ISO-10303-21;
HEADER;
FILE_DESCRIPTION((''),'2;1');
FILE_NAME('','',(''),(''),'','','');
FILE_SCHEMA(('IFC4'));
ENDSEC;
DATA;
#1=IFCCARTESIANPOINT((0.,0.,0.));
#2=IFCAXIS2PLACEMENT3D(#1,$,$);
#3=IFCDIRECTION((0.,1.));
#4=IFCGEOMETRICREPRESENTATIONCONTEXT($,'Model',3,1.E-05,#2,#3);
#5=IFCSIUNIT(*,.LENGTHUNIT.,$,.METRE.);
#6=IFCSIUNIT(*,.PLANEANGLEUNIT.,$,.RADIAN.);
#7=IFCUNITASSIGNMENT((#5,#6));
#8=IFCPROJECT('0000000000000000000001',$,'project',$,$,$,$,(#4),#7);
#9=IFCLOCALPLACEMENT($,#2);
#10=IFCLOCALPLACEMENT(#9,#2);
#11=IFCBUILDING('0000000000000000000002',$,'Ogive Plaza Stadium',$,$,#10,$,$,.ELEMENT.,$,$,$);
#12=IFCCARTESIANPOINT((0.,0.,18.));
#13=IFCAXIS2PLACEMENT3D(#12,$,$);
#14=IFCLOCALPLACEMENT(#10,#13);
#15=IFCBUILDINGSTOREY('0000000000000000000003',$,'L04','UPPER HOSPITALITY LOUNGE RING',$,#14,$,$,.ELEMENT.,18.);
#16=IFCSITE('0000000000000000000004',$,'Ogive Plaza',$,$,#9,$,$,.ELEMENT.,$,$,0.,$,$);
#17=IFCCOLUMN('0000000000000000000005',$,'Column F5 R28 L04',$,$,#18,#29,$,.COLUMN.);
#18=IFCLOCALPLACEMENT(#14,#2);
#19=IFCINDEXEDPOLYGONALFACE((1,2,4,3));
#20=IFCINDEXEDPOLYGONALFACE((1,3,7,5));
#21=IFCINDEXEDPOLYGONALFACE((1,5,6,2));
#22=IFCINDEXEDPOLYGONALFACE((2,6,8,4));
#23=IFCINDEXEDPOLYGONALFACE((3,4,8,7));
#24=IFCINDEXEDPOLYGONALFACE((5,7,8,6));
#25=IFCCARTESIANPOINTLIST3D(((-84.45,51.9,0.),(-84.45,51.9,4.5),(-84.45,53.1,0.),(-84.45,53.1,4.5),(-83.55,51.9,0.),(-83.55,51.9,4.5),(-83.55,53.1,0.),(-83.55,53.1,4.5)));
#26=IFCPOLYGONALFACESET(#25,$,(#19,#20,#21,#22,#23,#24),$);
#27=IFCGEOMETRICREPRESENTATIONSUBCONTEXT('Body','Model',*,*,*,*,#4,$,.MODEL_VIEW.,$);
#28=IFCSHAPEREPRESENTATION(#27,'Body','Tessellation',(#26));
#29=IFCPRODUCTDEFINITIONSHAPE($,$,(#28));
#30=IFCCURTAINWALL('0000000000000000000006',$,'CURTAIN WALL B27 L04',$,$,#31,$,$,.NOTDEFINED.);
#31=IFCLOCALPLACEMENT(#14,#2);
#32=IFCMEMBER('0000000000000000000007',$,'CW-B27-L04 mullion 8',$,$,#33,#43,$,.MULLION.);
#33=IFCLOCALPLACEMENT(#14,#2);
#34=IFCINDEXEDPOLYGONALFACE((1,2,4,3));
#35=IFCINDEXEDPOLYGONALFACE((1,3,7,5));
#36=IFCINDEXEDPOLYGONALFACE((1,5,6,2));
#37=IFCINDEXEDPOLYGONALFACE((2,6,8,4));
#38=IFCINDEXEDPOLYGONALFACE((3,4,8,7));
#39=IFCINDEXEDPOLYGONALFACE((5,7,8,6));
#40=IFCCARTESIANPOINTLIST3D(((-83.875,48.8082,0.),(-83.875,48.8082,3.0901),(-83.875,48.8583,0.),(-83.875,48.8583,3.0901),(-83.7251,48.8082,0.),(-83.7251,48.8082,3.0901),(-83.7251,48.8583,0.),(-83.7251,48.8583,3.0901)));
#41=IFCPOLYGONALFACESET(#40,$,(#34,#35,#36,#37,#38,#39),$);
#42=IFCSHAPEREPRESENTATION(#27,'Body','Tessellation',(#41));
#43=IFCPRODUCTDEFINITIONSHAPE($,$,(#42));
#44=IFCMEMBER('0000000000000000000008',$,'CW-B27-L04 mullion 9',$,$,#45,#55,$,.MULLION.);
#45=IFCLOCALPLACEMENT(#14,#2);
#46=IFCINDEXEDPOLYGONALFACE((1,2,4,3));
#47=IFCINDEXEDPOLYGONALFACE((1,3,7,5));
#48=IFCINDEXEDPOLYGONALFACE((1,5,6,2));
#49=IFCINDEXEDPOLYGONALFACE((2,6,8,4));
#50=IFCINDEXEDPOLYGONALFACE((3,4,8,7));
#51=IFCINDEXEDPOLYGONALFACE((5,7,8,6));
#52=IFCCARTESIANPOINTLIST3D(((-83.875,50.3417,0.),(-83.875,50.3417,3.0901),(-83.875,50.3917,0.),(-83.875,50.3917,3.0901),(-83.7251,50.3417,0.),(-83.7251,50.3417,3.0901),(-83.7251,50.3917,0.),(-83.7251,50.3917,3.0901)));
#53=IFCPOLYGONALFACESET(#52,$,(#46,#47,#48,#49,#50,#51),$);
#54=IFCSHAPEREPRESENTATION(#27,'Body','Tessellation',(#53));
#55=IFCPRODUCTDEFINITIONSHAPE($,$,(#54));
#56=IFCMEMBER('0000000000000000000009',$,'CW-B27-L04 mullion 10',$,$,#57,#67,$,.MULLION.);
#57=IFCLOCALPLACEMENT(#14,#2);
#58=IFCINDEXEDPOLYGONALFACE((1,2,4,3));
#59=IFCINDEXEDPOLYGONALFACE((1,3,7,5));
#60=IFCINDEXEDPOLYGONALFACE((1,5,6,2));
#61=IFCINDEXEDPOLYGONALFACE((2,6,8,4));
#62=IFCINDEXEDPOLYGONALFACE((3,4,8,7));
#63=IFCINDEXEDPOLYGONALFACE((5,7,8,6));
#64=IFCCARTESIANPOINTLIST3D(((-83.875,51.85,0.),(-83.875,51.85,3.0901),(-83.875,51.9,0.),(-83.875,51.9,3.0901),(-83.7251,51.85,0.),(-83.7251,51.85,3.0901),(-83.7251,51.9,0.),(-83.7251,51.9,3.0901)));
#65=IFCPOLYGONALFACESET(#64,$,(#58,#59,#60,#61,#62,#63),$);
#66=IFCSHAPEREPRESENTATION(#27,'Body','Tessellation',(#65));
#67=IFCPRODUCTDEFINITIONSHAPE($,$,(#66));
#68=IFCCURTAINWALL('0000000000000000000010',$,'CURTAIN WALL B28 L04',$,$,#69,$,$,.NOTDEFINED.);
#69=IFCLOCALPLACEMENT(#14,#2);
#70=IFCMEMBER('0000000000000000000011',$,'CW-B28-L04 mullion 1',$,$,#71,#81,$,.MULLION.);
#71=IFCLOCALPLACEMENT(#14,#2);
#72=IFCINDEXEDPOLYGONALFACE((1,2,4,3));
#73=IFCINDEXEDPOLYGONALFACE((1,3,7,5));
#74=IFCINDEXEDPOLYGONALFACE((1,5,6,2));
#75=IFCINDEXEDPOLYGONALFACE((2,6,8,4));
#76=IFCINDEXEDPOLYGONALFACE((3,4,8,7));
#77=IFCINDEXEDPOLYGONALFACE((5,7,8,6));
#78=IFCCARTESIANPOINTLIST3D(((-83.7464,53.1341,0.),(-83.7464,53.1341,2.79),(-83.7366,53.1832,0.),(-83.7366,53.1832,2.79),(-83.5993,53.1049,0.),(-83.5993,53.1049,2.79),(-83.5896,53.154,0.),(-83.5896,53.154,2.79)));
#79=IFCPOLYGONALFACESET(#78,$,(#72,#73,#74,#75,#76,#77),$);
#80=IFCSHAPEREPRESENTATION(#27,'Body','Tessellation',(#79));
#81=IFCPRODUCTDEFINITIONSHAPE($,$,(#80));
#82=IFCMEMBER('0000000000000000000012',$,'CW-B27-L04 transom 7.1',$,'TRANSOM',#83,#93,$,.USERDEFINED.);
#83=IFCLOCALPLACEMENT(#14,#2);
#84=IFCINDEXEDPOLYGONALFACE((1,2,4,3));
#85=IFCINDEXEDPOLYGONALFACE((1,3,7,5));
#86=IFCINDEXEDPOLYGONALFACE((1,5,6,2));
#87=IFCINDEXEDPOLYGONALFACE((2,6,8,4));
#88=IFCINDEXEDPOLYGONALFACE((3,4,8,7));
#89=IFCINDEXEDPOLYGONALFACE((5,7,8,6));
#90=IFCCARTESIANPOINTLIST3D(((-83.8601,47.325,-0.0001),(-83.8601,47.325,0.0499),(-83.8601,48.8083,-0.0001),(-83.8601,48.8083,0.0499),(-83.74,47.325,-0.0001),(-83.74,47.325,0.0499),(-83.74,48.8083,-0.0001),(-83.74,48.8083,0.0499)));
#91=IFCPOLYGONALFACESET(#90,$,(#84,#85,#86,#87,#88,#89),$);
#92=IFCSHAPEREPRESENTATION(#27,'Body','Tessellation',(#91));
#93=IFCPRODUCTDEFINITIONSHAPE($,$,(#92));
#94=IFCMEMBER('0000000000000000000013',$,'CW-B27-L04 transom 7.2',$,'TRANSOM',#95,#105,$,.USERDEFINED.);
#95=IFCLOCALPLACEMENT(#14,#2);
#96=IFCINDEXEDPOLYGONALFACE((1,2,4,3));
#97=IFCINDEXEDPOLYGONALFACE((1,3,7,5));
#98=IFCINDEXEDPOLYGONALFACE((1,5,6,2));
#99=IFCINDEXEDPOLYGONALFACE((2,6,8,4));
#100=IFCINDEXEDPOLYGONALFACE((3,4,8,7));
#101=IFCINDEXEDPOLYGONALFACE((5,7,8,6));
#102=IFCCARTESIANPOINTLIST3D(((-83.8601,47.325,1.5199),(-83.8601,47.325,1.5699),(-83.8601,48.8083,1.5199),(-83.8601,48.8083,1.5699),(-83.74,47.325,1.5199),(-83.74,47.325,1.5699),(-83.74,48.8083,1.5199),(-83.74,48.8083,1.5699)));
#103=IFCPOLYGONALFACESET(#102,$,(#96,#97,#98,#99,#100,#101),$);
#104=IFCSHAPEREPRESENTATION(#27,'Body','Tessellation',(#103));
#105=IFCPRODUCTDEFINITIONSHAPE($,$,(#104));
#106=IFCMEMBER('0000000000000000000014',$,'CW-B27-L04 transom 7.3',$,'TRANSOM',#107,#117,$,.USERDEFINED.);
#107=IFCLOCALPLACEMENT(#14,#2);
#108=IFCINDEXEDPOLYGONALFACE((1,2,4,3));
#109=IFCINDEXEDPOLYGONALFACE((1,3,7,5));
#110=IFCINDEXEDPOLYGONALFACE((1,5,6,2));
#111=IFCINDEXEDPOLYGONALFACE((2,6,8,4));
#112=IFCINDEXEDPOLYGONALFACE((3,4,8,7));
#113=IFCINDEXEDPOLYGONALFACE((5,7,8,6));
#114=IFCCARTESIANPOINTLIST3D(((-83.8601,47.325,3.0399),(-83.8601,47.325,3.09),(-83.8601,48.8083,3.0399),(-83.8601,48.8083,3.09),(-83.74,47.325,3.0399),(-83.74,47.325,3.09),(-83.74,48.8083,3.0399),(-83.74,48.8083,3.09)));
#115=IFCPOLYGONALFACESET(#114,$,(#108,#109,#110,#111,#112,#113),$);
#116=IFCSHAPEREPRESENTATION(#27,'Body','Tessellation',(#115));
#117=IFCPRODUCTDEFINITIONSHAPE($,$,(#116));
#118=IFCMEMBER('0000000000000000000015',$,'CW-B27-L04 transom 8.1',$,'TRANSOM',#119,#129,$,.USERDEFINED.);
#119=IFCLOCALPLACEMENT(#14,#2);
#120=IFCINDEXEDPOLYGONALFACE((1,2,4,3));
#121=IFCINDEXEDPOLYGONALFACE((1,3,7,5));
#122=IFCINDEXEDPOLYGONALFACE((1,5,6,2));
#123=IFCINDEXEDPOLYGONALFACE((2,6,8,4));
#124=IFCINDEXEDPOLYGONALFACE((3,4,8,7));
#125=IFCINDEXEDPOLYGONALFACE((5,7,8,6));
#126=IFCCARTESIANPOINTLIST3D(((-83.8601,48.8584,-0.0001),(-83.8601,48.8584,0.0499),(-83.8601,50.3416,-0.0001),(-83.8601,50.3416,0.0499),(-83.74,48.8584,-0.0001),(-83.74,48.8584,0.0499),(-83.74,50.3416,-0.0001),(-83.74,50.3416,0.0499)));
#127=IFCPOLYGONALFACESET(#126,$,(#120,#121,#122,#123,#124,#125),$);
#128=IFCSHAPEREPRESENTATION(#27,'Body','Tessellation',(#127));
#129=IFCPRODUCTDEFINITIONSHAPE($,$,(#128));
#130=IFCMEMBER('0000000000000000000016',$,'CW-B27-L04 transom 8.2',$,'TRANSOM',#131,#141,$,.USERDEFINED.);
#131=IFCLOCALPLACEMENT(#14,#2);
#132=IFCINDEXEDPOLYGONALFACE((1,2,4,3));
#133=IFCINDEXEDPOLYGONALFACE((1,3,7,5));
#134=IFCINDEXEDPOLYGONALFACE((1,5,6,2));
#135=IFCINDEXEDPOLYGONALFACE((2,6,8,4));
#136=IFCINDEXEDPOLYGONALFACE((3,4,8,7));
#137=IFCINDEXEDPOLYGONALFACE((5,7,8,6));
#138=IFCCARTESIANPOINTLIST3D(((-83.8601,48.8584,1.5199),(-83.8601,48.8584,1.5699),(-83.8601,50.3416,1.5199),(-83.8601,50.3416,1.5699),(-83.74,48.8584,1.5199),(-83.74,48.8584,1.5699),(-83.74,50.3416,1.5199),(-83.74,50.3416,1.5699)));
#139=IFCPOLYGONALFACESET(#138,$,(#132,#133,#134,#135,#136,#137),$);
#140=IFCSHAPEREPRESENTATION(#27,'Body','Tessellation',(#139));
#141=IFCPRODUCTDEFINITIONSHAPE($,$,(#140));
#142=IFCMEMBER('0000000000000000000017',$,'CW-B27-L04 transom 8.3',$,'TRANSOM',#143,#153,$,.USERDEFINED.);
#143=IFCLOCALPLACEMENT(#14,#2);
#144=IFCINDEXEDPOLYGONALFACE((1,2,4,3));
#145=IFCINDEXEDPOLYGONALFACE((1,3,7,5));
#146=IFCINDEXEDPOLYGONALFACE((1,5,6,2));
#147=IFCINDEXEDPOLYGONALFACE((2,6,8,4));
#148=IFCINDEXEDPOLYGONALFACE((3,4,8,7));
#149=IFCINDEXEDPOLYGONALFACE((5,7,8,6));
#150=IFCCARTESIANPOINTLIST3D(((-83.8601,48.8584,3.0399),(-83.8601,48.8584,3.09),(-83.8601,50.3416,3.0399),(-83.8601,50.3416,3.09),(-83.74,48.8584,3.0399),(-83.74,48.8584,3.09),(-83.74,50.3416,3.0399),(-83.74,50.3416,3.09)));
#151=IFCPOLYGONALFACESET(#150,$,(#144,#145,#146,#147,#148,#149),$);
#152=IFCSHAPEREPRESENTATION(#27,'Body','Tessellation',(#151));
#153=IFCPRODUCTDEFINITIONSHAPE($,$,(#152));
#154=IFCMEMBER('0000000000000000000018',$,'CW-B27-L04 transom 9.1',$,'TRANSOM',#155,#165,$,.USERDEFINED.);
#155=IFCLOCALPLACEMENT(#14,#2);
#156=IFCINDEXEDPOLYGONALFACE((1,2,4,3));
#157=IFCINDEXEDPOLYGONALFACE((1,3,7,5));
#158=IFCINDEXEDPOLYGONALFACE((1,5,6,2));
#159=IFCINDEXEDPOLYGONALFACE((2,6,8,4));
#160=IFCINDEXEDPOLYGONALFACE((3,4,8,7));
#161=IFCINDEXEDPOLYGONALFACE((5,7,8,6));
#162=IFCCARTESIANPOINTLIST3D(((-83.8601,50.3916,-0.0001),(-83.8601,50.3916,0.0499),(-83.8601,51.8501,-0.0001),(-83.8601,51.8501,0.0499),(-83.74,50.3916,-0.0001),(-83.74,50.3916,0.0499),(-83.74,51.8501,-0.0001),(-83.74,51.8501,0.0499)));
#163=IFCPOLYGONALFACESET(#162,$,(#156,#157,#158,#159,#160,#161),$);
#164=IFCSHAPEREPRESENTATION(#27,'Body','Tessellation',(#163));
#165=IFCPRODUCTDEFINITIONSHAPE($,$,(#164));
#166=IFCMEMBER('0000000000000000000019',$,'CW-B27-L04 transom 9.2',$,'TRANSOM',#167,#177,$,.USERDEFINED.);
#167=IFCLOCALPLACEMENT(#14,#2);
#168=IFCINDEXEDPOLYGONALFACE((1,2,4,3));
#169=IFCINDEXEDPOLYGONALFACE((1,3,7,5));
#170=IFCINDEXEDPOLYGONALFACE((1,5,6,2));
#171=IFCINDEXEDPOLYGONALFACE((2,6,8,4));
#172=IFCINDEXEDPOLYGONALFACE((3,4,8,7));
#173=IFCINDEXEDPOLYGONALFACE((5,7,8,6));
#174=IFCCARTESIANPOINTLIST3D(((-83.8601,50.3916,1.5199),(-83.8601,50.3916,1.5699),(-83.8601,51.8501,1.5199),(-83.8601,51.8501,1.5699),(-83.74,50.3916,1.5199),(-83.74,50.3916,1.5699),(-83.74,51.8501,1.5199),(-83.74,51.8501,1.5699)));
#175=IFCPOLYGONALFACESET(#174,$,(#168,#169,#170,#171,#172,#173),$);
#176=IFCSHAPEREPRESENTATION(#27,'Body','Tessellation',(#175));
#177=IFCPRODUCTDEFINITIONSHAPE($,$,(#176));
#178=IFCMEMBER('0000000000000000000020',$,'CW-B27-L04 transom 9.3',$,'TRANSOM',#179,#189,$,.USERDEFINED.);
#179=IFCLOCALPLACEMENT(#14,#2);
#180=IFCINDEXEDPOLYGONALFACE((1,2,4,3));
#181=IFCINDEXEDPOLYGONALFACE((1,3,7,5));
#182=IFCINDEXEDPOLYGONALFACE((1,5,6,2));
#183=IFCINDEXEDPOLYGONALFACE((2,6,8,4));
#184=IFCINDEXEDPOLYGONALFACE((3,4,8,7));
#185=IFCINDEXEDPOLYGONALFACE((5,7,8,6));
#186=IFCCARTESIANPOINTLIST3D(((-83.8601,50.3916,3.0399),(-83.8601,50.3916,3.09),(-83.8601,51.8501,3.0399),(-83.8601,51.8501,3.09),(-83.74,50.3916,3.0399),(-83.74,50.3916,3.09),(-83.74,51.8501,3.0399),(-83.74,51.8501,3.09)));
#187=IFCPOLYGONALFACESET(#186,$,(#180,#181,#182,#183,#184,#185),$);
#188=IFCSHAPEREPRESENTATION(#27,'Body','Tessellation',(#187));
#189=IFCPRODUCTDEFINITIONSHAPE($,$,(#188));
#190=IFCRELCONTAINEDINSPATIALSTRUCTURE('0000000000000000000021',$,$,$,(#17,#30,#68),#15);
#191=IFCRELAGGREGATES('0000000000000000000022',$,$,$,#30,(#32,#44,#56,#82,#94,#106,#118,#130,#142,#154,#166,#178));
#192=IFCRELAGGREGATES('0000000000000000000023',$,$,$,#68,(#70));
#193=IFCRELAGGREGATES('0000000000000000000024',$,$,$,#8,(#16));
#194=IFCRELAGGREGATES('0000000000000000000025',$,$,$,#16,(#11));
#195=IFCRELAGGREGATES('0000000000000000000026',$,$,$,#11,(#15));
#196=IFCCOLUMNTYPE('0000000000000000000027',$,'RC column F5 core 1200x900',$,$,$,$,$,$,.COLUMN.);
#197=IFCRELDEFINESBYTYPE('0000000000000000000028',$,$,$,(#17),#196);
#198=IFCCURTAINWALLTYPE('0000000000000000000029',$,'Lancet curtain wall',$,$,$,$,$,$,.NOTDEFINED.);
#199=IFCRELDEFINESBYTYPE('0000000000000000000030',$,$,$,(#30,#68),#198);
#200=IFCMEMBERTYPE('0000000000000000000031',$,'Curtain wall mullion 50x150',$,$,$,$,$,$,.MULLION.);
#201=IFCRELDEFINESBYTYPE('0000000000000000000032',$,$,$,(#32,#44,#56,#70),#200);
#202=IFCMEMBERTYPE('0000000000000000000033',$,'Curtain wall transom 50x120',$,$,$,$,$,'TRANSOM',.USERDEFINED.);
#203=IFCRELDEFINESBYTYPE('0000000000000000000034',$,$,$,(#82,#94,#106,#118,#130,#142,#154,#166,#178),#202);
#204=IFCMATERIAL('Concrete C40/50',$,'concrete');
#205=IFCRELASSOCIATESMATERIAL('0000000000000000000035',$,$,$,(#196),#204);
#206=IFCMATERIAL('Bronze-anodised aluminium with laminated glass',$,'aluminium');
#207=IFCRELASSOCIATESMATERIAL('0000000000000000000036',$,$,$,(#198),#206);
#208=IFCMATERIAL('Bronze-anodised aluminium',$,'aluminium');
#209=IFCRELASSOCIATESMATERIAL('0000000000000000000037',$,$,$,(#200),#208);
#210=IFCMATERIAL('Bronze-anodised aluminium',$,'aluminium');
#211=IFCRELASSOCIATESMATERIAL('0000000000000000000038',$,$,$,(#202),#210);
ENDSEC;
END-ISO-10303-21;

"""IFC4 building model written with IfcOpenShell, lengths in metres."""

from ifc_helpers import new_model, si_unit, direction, frame, origin, origin_2d, place, context, subcontext, project, spatial, rectangle, extrude, material, material_profile, profile_set, type_object, element, aggregate, save


model = new_model("IFC4")

# Units and contexts
model_context = context("Model", 3, precision=1e-05, world=origin(), true_north=direction((0.0, 1.0)))
body_context = subcontext(model_context, "Body", "Model", "MODEL_VIEW")
ifc_project = project(units=[si_unit("LENGTHUNIT", "METRE"), si_unit("PLANEANGLEUNIT", "RADIAN")], contexts=[model_context])

# Site, building, storey
site_placement = place(None, origin())
site = spatial("IfcSite", under=ifc_project, at=site_placement, Name="Ogive Plaza", CompositionType="ELEMENT", RefElevation=0.0)
building_placement = place(site_placement, origin())
building = spatial("IfcBuilding", under=site, at=building_placement, Name="Ogive Plaza Stadium", CompositionType="ELEMENT")
storey_placement = place(building_placement, frame((0.0, 0.0, 18.0)))
storey = spatial("IfcBuildingStorey", under=building, at=storey_placement, Name="L04", Description="UPPER HOSPITALITY LOUNGE RING", CompositionType="ELEMENT", Elevation=18.0)

# Column
ifc_material_1 = material(Name="Concrete C40/50", Category="concrete")
ifc_material_profile_1 = material_profile(ifc_material_1, rectangle(XDim=1.2, YDim=0.8999, at=origin_2d()), Name="RC 1200x900")
ifc_profile_set_1 = profile_set([ifc_material_profile_1], Name="Concrete C40/50")
column_type = type_object("IfcColumnType", Name="RC column F5 core 1200x900", PredefinedType="COLUMN", material=ifc_profile_set_1)
column_placement = place(storey_placement, frame((-84.0, 52.5, 0.0), z_axis=(0.0, 0.0, 1.0), x_axis=(0.0, -1.0, 0.0)))
element("IfcColumn", 1, at=column_placement, inside=storey, type_object=column_type, Name="Column F5 R28 L04", PredefinedType="COLUMN", context=body_context, shape_type="SweptSolid", body=[
    extrude(rectangle(XDim=1.2, YDim=0.8999, at=origin_2d()), origin(), (0.0, 0.0, 1.0), 4.5),
])

# Curtain wall, members
ifc_material_2 = material(Name="Bronze-anodised aluminium with laminated glass", Category="aluminium")
curtain_wall_type = type_object("IfcCurtainWallType", Name="Lancet curtain wall", PredefinedType="NOTDEFINED", material=ifc_material_2)
curtain_wall_1_placement = place(storey_placement, origin())
curtain_wall_1 = element("IfcCurtainWall", 2, at=curtain_wall_1_placement, inside=storey, type_object=curtain_wall_type, Name="CURTAIN WALL B27 L04", PredefinedType="NOTDEFINED")
ifc_material_3 = material(Name="Bronze-anodised aluminium", Category="aluminium")
ifc_material_profile_2 = material_profile(ifc_material_3, rectangle(XDim=0.1499, YDim=0.05, at=origin_2d()), Name="AL 150x50")
ifc_profile_set_2 = profile_set([ifc_material_profile_2], Name="Bronze-anodised aluminium")
member_type_1 = type_object("IfcMemberType", Name="Curtain wall mullion 50x150", PredefinedType="MULLION", material=ifc_profile_set_2)
member_1_placement = place(storey_placement, frame((-83.8, 48.8333, 0.0), z_axis=(0.0, 0.0, 1.0), x_axis=(-1.0, 0.0, 0.0)))
member_1 = element("IfcMember", 3, at=member_1_placement, type_object=member_type_1, Name="CW-B27-L04 mullion 8", PredefinedType="MULLION", context=body_context, shape_type="SweptSolid", body=[
    extrude(rectangle(XDim=0.1499, YDim=0.05, at=origin_2d()), origin(), (0.0, 0.0, 1.0), 3.0901),
])
member_2_placement = place(storey_placement, frame((-83.8, 50.3667, 0.0), z_axis=(0.0, 0.0, 1.0), x_axis=(-1.0, 0.0, 0.0)))
member_2 = element("IfcMember", 4, at=member_2_placement, type_object=member_type_1, Name="CW-B27-L04 mullion 9", PredefinedType="MULLION", context=body_context, shape_type="SweptSolid", body=[
    extrude(rectangle(XDim=0.1499, YDim=0.05, at=origin_2d()), origin(), (0.0, 0.0, 1.0), 3.0901),
])
member_3_placement = place(storey_placement, frame((-83.8, 51.875, 0.0), z_axis=(0.0, 0.0, 1.0), x_axis=(-1.0, 0.0, 0.0)))
member_3 = element("IfcMember", 5, at=member_3_placement, type_object=member_type_1, Name="CW-B27-L04 mullion 10", PredefinedType="MULLION", context=body_context, shape_type="SweptSolid", body=[
    extrude(rectangle(XDim=0.1499, YDim=0.05, at=origin_2d()), origin(), (0.0, 0.0, 1.0), 3.0901),
])

# Curtain wall, member
curtain_wall_2_placement = place(storey_placement, origin())
curtain_wall_2 = element("IfcCurtainWall", 6, at=curtain_wall_2_placement, inside=storey, type_object=curtain_wall_type, Name="CURTAIN WALL B28 L04", PredefinedType="NOTDEFINED")
member_4_placement = place(storey_placement, frame((-83.668, 53.144, 0.0), z_axis=(0.0, 0.0, 1.0), x_axis=(-0.980785, 0.19509, 0.0)))
member_4 = element("IfcMember", 7, at=member_4_placement, type_object=member_type_1, Name="CW-B28-L04 mullion 1", PredefinedType="MULLION", context=body_context, shape_type="SweptSolid", body=[
    extrude(rectangle(XDim=0.1499, YDim=0.05, at=origin_2d()), origin(), (0.0, 0.0, 1.0), 2.79),
])

# Members
ifc_material_4 = material(Name="Bronze-anodised aluminium", Category="aluminium")
ifc_material_profile_3 = material_profile(ifc_material_4, rectangle(XDim=0.1201, YDim=0.05, at=origin_2d()), Name="AL 120x50")
ifc_profile_set_3 = profile_set([ifc_material_profile_3], Name="Bronze-anodised aluminium")
member_type_2 = type_object("IfcMemberType", Name="Curtain wall transom 50x120", ElementType="TRANSOM", PredefinedType="USERDEFINED", material=ifc_profile_set_3)
member_5_placement = place(storey_placement, frame((-83.8, 47.325, 0.0249), z_axis=(0.0, 1.0, 0.0), x_axis=(-1.0, 0.0, 0.0)))
member_5 = element("IfcMember", 8, at=member_5_placement, type_object=member_type_2, Name="CW-B27-L04 transom 7.1", ObjectType="TRANSOM", PredefinedType="USERDEFINED", context=body_context, shape_type="SweptSolid", body=[
    extrude(rectangle(XDim=0.1201, YDim=0.05, at=origin_2d()), origin(), (0.0, 0.0, 1.0), 1.4834),
])
member_6_placement = place(storey_placement, frame((-83.8, 47.325, 1.5449), z_axis=(0.0, 1.0, 0.0), x_axis=(-1.0, 0.0, 0.0)))
member_6 = element("IfcMember", 9, at=member_6_placement, type_object=member_type_2, Name="CW-B27-L04 transom 7.2", ObjectType="TRANSOM", PredefinedType="USERDEFINED", context=body_context, shape_type="SweptSolid", body=[
    extrude(rectangle(XDim=0.1201, YDim=0.05, at=origin_2d()), origin(), (0.0, 0.0, 1.0), 1.4834),
])
member_7_placement = place(storey_placement, frame((-83.8, 47.325, 3.0649), z_axis=(0.0, 1.0, 0.0), x_axis=(-1.0, 0.0, 0.0)))
member_7 = element("IfcMember", 10, at=member_7_placement, type_object=member_type_2, Name="CW-B27-L04 transom 7.3", ObjectType="TRANSOM", PredefinedType="USERDEFINED", context=body_context, shape_type="SweptSolid", body=[
    extrude(rectangle(XDim=0.1201, YDim=0.05, at=origin_2d()), origin(), (0.0, 0.0, 1.0), 1.4834),
])
member_8_placement = place(storey_placement, frame((-83.8, 48.8584, 0.0249), z_axis=(0.0, 1.0, 0.0), x_axis=(-1.0, 0.0, 0.0)))
member_8 = element("IfcMember", 11, at=member_8_placement, type_object=member_type_2, Name="CW-B27-L04 transom 8.1", ObjectType="TRANSOM", PredefinedType="USERDEFINED", context=body_context, shape_type="SweptSolid", body=[
    extrude(rectangle(XDim=0.1201, YDim=0.05, at=origin_2d()), origin(), (0.0, 0.0, 1.0), 1.4832),
])
member_9_placement = place(storey_placement, frame((-83.8, 48.8584, 1.5449), z_axis=(0.0, 1.0, 0.0), x_axis=(-1.0, 0.0, 0.0)))
member_9 = element("IfcMember", 12, at=member_9_placement, type_object=member_type_2, Name="CW-B27-L04 transom 8.2", ObjectType="TRANSOM", PredefinedType="USERDEFINED", context=body_context, shape_type="SweptSolid", body=[
    extrude(rectangle(XDim=0.1201, YDim=0.05, at=origin_2d()), origin(), (0.0, 0.0, 1.0), 1.4832),
])
member_10_placement = place(storey_placement, frame((-83.8, 48.8584, 3.0649), z_axis=(0.0, 1.0, 0.0), x_axis=(-1.0, 0.0, 0.0)))
member_10 = element("IfcMember", 13, at=member_10_placement, type_object=member_type_2, Name="CW-B27-L04 transom 8.3", ObjectType="TRANSOM", PredefinedType="USERDEFINED", context=body_context, shape_type="SweptSolid", body=[
    extrude(rectangle(XDim=0.1201, YDim=0.05, at=origin_2d()), origin(), (0.0, 0.0, 1.0), 1.4832),
])
member_11_placement = place(storey_placement, frame((-83.8, 50.3916, 0.0249), z_axis=(0.0, 1.0, 0.0), x_axis=(-1.0, 0.0, 0.0)))
member_11 = element("IfcMember", 14, at=member_11_placement, type_object=member_type_2, Name="CW-B27-L04 transom 9.1", ObjectType="TRANSOM", PredefinedType="USERDEFINED", context=body_context, shape_type="SweptSolid", body=[
    extrude(rectangle(XDim=0.1201, YDim=0.05, at=origin_2d()), origin(), (0.0, 0.0, 1.0), 1.4585),
])
member_12_placement = place(storey_placement, frame((-83.8, 50.3916, 1.5449), z_axis=(0.0, 1.0, 0.0), x_axis=(-1.0, 0.0, 0.0)))
member_12 = element("IfcMember", 15, at=member_12_placement, type_object=member_type_2, Name="CW-B27-L04 transom 9.2", ObjectType="TRANSOM", PredefinedType="USERDEFINED", context=body_context, shape_type="SweptSolid", body=[
    extrude(rectangle(XDim=0.1201, YDim=0.05, at=origin_2d()), origin(), (0.0, 0.0, 1.0), 1.4585),
])
member_13_placement = place(storey_placement, frame((-83.8, 50.3916, 3.0649), z_axis=(0.0, 1.0, 0.0), x_axis=(-1.0, 0.0, 0.0)))
member_13 = element("IfcMember", 16, at=member_13_placement, type_object=member_type_2, Name="CW-B27-L04 transom 9.3", ObjectType="TRANSOM", PredefinedType="USERDEFINED", context=body_context, shape_type="SweptSolid", body=[
    extrude(rectangle(XDim=0.1201, YDim=0.05, at=origin_2d()), origin(), (0.0, 0.0, 1.0), 1.4585),
])

aggregate(curtain_wall_1, [member_1, member_2, member_3, member_5, member_6, member_7, member_8, member_9, member_10, member_11, member_12, member_13])
aggregate(curtain_wall_2, [member_4])

save(model, "model.ifc")
